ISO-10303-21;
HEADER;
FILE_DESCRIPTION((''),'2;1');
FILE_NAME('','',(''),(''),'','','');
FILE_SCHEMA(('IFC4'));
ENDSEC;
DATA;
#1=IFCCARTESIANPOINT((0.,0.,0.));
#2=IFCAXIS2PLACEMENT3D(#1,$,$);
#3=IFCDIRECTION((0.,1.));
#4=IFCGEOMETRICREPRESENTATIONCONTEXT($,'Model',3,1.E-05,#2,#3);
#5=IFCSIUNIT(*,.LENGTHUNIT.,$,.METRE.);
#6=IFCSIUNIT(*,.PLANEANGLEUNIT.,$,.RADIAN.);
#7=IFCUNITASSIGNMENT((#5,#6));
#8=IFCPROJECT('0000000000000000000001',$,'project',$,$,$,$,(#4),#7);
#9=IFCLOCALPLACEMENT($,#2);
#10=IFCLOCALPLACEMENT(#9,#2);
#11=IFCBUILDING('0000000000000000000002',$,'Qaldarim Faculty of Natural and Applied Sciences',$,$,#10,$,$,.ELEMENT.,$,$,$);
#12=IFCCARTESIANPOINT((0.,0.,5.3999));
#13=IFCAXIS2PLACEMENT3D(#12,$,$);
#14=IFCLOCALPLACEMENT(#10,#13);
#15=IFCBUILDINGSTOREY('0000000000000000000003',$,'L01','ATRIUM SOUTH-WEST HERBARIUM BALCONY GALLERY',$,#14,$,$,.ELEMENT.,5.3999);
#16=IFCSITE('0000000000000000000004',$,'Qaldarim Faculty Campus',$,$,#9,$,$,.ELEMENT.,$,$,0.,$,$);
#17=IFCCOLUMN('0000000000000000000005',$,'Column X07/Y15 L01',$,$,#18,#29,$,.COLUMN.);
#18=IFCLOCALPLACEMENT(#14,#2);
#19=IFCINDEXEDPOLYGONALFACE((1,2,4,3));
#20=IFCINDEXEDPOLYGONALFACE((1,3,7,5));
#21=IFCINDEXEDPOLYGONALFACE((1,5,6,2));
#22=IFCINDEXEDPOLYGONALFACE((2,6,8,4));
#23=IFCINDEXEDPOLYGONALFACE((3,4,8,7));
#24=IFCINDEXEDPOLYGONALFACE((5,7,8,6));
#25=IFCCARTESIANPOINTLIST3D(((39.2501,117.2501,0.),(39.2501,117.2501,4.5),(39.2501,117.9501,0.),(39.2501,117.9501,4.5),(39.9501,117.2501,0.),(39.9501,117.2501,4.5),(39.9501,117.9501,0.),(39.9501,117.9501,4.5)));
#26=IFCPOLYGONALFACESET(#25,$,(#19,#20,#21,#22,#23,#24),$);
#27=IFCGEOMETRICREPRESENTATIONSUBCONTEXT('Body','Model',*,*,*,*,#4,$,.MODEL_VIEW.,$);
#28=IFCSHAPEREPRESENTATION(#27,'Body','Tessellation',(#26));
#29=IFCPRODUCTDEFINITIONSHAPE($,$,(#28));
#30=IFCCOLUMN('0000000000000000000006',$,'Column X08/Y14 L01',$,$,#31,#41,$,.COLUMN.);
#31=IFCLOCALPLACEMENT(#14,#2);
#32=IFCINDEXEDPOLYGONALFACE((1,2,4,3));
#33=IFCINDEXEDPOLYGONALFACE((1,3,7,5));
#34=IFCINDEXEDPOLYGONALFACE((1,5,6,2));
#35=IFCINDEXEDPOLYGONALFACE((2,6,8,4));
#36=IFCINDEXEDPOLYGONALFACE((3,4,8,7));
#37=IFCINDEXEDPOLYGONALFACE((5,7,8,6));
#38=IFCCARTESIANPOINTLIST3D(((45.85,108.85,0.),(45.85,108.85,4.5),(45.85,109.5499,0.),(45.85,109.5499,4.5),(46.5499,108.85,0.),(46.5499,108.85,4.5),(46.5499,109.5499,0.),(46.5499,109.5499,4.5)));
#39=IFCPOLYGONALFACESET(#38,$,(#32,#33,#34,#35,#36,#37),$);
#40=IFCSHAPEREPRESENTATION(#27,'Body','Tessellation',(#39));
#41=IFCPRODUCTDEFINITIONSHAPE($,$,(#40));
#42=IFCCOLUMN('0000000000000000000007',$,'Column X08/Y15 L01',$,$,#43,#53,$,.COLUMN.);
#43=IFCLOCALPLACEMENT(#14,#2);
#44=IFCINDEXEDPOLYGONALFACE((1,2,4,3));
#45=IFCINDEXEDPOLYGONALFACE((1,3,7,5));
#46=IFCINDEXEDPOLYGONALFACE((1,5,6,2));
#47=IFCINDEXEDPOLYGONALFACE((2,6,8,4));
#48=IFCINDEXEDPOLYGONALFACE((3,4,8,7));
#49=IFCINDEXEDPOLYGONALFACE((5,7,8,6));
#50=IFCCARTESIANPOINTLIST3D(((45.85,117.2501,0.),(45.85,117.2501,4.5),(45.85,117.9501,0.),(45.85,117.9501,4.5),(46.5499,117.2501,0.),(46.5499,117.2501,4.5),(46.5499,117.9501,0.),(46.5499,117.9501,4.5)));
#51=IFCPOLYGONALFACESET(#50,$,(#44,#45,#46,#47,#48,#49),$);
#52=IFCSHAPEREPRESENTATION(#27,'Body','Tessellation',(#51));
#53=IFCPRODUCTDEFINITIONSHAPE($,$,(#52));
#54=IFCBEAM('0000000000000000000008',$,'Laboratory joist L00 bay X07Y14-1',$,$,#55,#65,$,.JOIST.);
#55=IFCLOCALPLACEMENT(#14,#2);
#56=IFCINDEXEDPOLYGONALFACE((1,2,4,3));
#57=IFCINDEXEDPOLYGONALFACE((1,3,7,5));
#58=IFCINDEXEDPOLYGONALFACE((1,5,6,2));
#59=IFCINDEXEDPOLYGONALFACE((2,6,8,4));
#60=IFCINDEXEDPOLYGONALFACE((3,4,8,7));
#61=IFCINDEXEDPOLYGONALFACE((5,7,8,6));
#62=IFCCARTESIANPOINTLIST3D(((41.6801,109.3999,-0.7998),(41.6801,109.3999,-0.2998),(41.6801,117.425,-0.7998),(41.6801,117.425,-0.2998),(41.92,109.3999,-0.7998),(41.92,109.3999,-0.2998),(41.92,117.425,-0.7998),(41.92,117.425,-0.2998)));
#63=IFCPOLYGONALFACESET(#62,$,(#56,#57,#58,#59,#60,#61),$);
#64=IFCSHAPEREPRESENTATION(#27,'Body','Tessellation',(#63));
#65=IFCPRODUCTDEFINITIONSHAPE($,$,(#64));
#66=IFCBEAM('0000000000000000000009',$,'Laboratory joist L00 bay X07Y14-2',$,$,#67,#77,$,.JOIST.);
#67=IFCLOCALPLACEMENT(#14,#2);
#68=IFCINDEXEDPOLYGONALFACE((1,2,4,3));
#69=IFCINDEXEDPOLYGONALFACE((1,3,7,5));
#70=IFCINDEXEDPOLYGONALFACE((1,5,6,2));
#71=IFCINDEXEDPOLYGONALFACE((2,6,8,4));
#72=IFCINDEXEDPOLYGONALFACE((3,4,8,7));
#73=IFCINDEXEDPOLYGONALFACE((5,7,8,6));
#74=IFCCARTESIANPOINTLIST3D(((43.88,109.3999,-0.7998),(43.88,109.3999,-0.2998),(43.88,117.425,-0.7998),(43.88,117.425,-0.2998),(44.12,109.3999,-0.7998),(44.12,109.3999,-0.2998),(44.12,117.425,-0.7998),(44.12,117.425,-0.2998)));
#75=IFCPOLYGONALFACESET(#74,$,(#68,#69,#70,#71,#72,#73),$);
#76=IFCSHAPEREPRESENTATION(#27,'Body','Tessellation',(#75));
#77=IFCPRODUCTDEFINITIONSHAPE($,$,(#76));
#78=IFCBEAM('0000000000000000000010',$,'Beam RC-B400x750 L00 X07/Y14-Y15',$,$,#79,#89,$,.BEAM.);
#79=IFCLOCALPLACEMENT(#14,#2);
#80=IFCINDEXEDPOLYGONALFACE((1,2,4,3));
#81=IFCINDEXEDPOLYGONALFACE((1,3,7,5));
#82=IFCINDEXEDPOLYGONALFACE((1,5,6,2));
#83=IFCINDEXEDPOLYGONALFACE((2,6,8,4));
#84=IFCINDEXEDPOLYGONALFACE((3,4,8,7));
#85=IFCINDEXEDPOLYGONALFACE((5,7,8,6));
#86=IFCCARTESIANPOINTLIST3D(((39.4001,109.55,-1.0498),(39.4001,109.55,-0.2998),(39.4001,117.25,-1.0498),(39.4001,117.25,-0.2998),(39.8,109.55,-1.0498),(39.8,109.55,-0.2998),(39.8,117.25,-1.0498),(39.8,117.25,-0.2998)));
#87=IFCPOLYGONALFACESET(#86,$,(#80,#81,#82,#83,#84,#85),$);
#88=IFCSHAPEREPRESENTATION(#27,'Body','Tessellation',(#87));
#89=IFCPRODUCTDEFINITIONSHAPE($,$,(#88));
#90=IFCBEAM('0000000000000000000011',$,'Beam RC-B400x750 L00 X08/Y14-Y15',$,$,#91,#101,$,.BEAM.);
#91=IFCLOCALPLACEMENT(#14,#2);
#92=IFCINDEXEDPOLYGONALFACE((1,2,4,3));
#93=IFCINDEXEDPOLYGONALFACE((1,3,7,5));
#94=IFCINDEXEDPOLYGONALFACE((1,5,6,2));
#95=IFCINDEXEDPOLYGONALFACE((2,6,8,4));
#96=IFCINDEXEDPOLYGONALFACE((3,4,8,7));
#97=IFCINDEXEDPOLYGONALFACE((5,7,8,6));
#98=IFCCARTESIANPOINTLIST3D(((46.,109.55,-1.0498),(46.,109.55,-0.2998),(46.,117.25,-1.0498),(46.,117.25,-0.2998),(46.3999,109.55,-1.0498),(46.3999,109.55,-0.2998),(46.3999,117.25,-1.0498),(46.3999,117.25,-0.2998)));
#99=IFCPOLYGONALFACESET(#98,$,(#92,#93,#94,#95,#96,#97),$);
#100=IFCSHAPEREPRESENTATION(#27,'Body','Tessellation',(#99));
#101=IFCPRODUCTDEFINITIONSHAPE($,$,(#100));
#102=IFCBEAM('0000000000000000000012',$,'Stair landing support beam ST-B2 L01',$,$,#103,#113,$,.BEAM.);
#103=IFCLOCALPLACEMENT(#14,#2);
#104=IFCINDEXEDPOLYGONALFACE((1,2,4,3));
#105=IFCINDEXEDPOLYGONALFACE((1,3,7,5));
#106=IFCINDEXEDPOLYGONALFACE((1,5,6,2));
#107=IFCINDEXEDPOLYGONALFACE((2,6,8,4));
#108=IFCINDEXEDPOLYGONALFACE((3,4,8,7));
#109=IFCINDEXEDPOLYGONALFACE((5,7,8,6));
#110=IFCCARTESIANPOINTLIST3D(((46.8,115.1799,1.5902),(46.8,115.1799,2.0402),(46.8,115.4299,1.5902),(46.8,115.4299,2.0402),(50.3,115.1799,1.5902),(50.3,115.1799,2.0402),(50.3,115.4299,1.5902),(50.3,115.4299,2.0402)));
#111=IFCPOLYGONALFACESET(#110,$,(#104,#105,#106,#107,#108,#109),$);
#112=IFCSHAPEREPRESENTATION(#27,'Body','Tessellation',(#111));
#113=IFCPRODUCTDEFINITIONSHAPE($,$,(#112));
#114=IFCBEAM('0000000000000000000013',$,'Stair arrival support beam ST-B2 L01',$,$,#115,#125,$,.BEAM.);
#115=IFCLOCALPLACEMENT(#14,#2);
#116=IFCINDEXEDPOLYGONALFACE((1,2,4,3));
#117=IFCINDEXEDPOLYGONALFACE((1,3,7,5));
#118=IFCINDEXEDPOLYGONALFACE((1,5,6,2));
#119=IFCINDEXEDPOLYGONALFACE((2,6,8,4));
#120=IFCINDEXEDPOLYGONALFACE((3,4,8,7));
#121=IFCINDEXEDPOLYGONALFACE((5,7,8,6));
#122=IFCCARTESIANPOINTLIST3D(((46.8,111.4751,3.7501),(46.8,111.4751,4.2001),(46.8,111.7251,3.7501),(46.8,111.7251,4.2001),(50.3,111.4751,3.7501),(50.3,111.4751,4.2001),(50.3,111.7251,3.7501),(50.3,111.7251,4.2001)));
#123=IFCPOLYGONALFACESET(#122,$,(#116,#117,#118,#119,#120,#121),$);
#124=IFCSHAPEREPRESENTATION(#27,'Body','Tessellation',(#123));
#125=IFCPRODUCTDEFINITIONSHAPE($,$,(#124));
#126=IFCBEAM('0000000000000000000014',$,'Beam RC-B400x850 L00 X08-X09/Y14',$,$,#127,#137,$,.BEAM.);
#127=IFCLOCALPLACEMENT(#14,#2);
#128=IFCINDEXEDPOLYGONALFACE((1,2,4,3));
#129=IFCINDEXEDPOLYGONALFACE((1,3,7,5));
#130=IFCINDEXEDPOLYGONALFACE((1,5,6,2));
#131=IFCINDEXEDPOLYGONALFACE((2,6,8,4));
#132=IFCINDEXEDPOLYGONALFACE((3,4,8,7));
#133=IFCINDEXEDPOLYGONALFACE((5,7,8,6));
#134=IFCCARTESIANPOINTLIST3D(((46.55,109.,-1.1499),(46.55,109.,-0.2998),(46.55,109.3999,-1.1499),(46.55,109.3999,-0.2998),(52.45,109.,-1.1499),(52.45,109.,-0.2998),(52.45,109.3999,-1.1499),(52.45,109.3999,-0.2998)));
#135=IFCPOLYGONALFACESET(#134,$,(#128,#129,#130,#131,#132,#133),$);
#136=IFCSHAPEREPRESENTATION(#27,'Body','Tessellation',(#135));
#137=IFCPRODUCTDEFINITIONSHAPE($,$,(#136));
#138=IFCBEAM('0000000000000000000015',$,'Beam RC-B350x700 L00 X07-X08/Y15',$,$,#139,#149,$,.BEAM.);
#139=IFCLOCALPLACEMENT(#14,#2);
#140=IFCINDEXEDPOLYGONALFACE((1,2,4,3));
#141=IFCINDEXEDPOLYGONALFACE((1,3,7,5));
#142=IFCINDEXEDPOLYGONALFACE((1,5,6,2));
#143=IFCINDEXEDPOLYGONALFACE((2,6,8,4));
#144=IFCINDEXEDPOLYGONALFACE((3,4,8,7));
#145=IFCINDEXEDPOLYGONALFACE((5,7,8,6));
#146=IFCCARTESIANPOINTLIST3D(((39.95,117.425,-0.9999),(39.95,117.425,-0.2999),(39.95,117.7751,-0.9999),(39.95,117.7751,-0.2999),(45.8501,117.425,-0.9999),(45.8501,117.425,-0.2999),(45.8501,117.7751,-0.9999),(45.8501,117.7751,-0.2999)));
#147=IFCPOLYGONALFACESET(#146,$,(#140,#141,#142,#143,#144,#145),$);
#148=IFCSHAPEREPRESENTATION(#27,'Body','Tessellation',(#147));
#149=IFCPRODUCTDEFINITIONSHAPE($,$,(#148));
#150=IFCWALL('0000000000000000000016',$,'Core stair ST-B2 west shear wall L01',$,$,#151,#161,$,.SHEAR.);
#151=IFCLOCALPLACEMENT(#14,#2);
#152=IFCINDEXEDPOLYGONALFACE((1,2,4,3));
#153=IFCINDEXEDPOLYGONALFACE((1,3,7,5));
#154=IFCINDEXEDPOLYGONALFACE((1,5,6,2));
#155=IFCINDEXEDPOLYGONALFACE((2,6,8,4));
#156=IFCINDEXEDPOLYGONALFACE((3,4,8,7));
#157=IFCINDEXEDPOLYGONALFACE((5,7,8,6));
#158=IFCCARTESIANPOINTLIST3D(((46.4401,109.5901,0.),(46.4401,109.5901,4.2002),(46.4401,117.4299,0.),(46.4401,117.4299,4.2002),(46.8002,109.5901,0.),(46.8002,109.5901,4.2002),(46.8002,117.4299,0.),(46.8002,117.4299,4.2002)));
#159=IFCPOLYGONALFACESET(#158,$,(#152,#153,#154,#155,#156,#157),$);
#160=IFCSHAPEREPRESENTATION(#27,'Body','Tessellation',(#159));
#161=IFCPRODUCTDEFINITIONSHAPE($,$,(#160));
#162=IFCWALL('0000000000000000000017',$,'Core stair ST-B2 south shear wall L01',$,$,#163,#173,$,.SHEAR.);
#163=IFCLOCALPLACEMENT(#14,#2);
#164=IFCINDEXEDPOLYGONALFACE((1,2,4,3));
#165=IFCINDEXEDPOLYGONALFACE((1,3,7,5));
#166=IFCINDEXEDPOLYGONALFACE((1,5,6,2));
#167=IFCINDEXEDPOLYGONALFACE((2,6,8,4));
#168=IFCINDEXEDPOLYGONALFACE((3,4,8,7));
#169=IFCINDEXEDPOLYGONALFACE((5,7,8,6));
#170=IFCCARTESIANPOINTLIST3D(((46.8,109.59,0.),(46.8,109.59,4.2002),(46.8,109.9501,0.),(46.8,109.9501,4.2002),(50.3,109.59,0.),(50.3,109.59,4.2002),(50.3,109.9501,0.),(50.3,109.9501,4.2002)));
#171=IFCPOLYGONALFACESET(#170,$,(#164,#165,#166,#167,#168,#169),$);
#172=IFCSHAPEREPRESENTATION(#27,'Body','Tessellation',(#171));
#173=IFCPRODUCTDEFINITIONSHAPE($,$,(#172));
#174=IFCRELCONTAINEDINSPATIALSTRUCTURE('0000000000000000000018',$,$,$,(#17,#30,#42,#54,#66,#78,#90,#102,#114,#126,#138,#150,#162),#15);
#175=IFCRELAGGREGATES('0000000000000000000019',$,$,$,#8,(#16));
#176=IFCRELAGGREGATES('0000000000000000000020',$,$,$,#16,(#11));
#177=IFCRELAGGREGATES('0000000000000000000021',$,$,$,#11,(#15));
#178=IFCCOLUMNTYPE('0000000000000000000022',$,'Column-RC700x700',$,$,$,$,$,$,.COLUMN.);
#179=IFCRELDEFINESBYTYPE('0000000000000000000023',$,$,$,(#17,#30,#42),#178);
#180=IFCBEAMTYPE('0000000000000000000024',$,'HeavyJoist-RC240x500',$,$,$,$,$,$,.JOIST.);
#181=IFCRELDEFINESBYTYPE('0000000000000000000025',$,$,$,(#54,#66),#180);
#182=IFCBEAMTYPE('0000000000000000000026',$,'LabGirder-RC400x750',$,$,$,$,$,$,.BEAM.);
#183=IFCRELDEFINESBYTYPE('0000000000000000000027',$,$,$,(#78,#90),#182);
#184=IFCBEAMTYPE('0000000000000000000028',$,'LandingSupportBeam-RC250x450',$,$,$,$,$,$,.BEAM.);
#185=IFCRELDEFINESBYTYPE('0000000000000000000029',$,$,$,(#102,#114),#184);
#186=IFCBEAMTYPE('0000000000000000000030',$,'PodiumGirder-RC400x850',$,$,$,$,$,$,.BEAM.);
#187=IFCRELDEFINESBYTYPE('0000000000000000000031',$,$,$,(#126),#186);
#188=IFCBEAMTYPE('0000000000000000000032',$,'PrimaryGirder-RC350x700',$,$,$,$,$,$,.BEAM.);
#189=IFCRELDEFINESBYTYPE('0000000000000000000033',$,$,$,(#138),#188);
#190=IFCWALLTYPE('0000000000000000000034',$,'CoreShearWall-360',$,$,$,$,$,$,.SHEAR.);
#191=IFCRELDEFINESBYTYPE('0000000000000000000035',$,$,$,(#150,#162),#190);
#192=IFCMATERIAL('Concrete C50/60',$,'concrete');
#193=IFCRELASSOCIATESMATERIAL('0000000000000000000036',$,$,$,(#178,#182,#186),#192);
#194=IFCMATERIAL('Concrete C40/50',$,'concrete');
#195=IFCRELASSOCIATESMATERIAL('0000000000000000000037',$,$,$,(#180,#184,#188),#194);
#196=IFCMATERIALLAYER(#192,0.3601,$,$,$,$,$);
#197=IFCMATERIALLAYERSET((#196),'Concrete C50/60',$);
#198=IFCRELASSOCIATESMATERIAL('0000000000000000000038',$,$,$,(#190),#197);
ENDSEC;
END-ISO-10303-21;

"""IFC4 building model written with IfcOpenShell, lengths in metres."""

from ifc_helpers import new_model, si_unit, direction, frame, frame_2d, origin, origin_2d, place, context, subcontext, project, spatial, rectangle, extrude, material, layer, layer_set, material_profile, profile_set, type_object, element, save


model = new_model("IFC4")

# Units and contexts
model_context = context("Model", 3, precision=1e-05, world=origin(), true_north=direction((0.0, 1.0)))
body_context = subcontext(model_context, "Body", "Model", "MODEL_VIEW")
ifc_project = project(units=[si_unit("LENGTHUNIT", "METRE"), si_unit("PLANEANGLEUNIT", "RADIAN")], contexts=[model_context])

# Site, building, storey
site_placement = place(None, origin())
site = spatial("IfcSite", under=ifc_project, at=site_placement, Name="Qaldarim Faculty Campus", CompositionType="ELEMENT", RefElevation=0.0)
building_placement = place(site_placement, origin())
building = spatial("IfcBuilding", under=site, at=building_placement, Name="Qaldarim Faculty of Natural and Applied Sciences", CompositionType="ELEMENT")
storey_placement = place(building_placement, frame((0.0, 0.0, 5.3999)))
storey = spatial("IfcBuildingStorey", under=building, at=storey_placement, Name="L01", Description="ATRIUM SOUTH-WEST HERBARIUM BALCONY GALLERY", CompositionType="ELEMENT", Elevation=5.3999)

# Columns
ifc_material_1 = material(Name="Concrete C50/60", Category="concrete")
ifc_material_profile_1 = material_profile(ifc_material_1, rectangle(XDim=0.7, YDim=0.7, at=origin_2d()), Name="RC-C700x700")
ifc_profile_set_1 = profile_set([ifc_material_profile_1], Name="Concrete C50/60")
column_type = type_object("IfcColumnType", Name="Column-RC700x700", PredefinedType="COLUMN", material=ifc_profile_set_1)
for number, where, z_axis, x_axis, name in (
    (1, (39.6001, 117.6001, 0.0), (0.0, 0.0, 1.0), (1.0, 0.0, 0.0), "Column X07/Y15 L01"),
    (2, (46.2, 109.2, 0.0), (0.0, 0.0, 1.0), (1.0, 0.0, 0.0), "Column X08/Y14 L01"),
    (3, (46.2, 117.6001, 0.0), (0.0, 0.0, 1.0), (1.0, 0.0, 0.0), "Column X08/Y15 L01"),
):
    element("IfcColumn", number, at=place(storey_placement, frame(where, z_axis=z_axis, x_axis=x_axis)), inside=storey, type_object=column_type, Name=name, PredefinedType="COLUMN", context=body_context, shape_type="SweptSolid", body=[
        extrude(rectangle(XDim=0.7, YDim=0.7, at=origin_2d()), origin(), (0.0, 0.0, 1.0), 4.5),
    ])

# Beams
ifc_material_2 = material(Name="Concrete C40/50", Category="concrete")
ifc_material_profile_2 = material_profile(ifc_material_2, rectangle(XDim=0.24, YDim=0.5, at=origin_2d()), Name="RC-J240x500")
ifc_profile_set_2 = profile_set([ifc_material_profile_2], Name="Concrete C40/50")
beam_type_1 = type_object("IfcBeamType", Name="HeavyJoist-RC240x500", PredefinedType="JOIST", material=ifc_profile_set_2)
for number, where, z_axis, x_axis, name in (
    (4, (41.8, 109.3999, -0.5498), (0.0, 1.0, 0.0), (-1.0, 0.0, 0.0), "Laboratory joist L00 bay X07Y14-1"),
    (5, (44.0, 109.3999, -0.5498), (0.0, 1.0, 0.0), (-1.0, 0.0, 0.0), "Laboratory joist L00 bay X07Y14-2"),
):
    element("IfcBeam", number, at=place(storey_placement, frame(where, z_axis=z_axis, x_axis=x_axis)), inside=storey, type_object=beam_type_1, Name=name, PredefinedType="JOIST", context=body_context, shape_type="SweptSolid", body=[
        extrude(rectangle(XDim=0.24, YDim=0.5, at=origin_2d()), origin(), (0.0, 0.0, 1.0), 8.0251),
    ])
ifc_material_profile_3 = material_profile(ifc_material_1, rectangle(XDim=0.3999, YDim=0.75, at=origin_2d()), Name="RC-B400x750")
ifc_profile_set_3 = profile_set([ifc_material_profile_3], Name="Concrete C50/60")
beam_type_2 = type_object("IfcBeamType", Name="LabGirder-RC400x750", PredefinedType="BEAM", material=ifc_profile_set_3)
for number, where, z_axis, x_axis, name in (
    (6, (39.6001, 109.55, -0.6748), (0.0, 1.0, 0.0), (-1.0, 0.0, 0.0), "Beam RC-B400x750 L00 X07/Y14-Y15"),
    (7, (46.2, 109.55, -0.6748), (0.0, 1.0, 0.0), (-1.0, 0.0, 0.0), "Beam RC-B400x750 L00 X08/Y14-Y15"),
):
    element("IfcBeam", number, at=place(storey_placement, frame(where, z_axis=z_axis, x_axis=x_axis)), inside=storey, type_object=beam_type_2, Name=name, PredefinedType="BEAM", context=body_context, shape_type="SweptSolid", body=[
        extrude(rectangle(XDim=0.3999, YDim=0.75, at=origin_2d()), origin(), (0.0, 0.0, 1.0), 7.7),
    ])
ifc_material_profile_4 = material_profile(ifc_material_2, rectangle(XDim=0.25, YDim=0.45, at=origin_2d()), Name="RC-LN250x450")
ifc_profile_set_4 = profile_set([ifc_material_profile_4], Name="Concrete C40/50")
beam_type_3 = type_object("IfcBeamType", Name="LandingSupportBeam-RC250x450", PredefinedType="BEAM", material=ifc_profile_set_4)
for number, where, z_axis, x_axis, name in (
    (8, (46.8, 115.3049, 1.8152), (1.0, 0.0, 0.0), (0.0, 1.0, 0.0), "Stair landing support beam ST-B2 L01"),
    (9, (46.8, 111.6001, 3.9751), (1.0, 0.0, 0.0), (0.0, 1.0, 0.0), "Stair arrival support beam ST-B2 L01"),
):
    element("IfcBeam", number, at=place(storey_placement, frame(where, z_axis=z_axis, x_axis=x_axis)), inside=storey, type_object=beam_type_3, Name=name, PredefinedType="BEAM", context=body_context, shape_type="SweptSolid", body=[
        extrude(rectangle(XDim=0.25, YDim=0.45, at=origin_2d()), origin(), (0.0, 0.0, 1.0), 3.5),
    ])
ifc_material_profile_5 = material_profile(ifc_material_1, rectangle(XDim=0.3999, YDim=0.8501, at=origin_2d()), Name="RC-B400x850")
ifc_profile_set_5 = profile_set([ifc_material_profile_5], Name="Concrete C50/60")
beam_type_4 = type_object("IfcBeamType", Name="PodiumGirder-RC400x850", PredefinedType="BEAM", material=ifc_profile_set_5)
beam_1_placement = place(storey_placement, frame((46.55, 109.2, -0.7249), z_axis=(1.0, 0.0, 0.0), x_axis=(0.0, 1.0, 0.0)))
element("IfcBeam", 10, at=beam_1_placement, inside=storey, type_object=beam_type_4, Name="Beam RC-B400x850 L00 X08-X09/Y14", PredefinedType="BEAM", context=body_context, shape_type="SweptSolid", body=[
    extrude(rectangle(XDim=0.3999, YDim=0.8501, at=origin_2d()), origin(), (0.0, 0.0, 1.0), 5.8999),
])
ifc_material_profile_6 = material_profile(ifc_material_2, rectangle(XDim=0.3501, YDim=0.7, at=origin_2d()), Name="RC-B350x700")
ifc_profile_set_6 = profile_set([ifc_material_profile_6], Name="Concrete C40/50")
beam_type_5 = type_object("IfcBeamType", Name="PrimaryGirder-RC350x700", PredefinedType="BEAM", material=ifc_profile_set_6)
beam_2_placement = place(storey_placement, frame((39.95, 117.6001, -0.6499), z_axis=(1.0, 0.0, 0.0), x_axis=(0.0, 1.0, 0.0)))
element("IfcBeam", 11, at=beam_2_placement, inside=storey, type_object=beam_type_5, Name="Beam RC-B350x700 L00 X07-X08/Y15", PredefinedType="BEAM", context=body_context, shape_type="SweptSolid", body=[
    extrude(rectangle(XDim=0.3501, YDim=0.7, at=origin_2d()), origin(), (0.0, 0.0, 1.0), 5.9001),
])

# Wall
ifc_layer_1 = layer(ifc_material_1, 0.3601)
ifc_layer_set_1 = layer_set([ifc_layer_1], Name="Concrete C50/60")
wall_type_1 = type_object("IfcWallType", Name="CoreShearWall-360", PredefinedType="SHEAR", material=ifc_layer_set_1)
wall_1_placement = place(storey_placement, frame((46.6201, 109.5901, 0.0), z_axis=(0.0, 0.0, 1.0), x_axis=(0.0, 1.0, 0.0)))
element("IfcWall", 12, at=wall_1_placement, inside=storey, type_object=wall_type_1, Name="Core stair ST-B2 west shear wall L01", PredefinedType="SHEAR", context=body_context, shape_type="SweptSolid", body=[
    extrude(rectangle(XDim=7.8398, YDim=0.3601, at=frame_2d((3.9199, 0.0))), origin(), (0.0, 0.0, 1.0), 4.2002),
])

# Wall
wall_2_placement = place(storey_placement, frame((46.8, 109.77, 0.0), z_axis=(0.0, 0.0, 1.0), x_axis=(1.0, 0.0, 0.0)))
element("IfcWall", 13, at=wall_2_placement, inside=storey, type_object=wall_type_1, Name="Core stair ST-B2 south shear wall L01", PredefinedType="SHEAR", context=body_context, shape_type="SweptSolid", body=[
    extrude(rectangle(XDim=3.5, YDim=0.3601, at=frame_2d((1.75, 0.0))), origin(), (0.0, 0.0, 1.0), 4.2002),
])

save(model, "model.ifc")
